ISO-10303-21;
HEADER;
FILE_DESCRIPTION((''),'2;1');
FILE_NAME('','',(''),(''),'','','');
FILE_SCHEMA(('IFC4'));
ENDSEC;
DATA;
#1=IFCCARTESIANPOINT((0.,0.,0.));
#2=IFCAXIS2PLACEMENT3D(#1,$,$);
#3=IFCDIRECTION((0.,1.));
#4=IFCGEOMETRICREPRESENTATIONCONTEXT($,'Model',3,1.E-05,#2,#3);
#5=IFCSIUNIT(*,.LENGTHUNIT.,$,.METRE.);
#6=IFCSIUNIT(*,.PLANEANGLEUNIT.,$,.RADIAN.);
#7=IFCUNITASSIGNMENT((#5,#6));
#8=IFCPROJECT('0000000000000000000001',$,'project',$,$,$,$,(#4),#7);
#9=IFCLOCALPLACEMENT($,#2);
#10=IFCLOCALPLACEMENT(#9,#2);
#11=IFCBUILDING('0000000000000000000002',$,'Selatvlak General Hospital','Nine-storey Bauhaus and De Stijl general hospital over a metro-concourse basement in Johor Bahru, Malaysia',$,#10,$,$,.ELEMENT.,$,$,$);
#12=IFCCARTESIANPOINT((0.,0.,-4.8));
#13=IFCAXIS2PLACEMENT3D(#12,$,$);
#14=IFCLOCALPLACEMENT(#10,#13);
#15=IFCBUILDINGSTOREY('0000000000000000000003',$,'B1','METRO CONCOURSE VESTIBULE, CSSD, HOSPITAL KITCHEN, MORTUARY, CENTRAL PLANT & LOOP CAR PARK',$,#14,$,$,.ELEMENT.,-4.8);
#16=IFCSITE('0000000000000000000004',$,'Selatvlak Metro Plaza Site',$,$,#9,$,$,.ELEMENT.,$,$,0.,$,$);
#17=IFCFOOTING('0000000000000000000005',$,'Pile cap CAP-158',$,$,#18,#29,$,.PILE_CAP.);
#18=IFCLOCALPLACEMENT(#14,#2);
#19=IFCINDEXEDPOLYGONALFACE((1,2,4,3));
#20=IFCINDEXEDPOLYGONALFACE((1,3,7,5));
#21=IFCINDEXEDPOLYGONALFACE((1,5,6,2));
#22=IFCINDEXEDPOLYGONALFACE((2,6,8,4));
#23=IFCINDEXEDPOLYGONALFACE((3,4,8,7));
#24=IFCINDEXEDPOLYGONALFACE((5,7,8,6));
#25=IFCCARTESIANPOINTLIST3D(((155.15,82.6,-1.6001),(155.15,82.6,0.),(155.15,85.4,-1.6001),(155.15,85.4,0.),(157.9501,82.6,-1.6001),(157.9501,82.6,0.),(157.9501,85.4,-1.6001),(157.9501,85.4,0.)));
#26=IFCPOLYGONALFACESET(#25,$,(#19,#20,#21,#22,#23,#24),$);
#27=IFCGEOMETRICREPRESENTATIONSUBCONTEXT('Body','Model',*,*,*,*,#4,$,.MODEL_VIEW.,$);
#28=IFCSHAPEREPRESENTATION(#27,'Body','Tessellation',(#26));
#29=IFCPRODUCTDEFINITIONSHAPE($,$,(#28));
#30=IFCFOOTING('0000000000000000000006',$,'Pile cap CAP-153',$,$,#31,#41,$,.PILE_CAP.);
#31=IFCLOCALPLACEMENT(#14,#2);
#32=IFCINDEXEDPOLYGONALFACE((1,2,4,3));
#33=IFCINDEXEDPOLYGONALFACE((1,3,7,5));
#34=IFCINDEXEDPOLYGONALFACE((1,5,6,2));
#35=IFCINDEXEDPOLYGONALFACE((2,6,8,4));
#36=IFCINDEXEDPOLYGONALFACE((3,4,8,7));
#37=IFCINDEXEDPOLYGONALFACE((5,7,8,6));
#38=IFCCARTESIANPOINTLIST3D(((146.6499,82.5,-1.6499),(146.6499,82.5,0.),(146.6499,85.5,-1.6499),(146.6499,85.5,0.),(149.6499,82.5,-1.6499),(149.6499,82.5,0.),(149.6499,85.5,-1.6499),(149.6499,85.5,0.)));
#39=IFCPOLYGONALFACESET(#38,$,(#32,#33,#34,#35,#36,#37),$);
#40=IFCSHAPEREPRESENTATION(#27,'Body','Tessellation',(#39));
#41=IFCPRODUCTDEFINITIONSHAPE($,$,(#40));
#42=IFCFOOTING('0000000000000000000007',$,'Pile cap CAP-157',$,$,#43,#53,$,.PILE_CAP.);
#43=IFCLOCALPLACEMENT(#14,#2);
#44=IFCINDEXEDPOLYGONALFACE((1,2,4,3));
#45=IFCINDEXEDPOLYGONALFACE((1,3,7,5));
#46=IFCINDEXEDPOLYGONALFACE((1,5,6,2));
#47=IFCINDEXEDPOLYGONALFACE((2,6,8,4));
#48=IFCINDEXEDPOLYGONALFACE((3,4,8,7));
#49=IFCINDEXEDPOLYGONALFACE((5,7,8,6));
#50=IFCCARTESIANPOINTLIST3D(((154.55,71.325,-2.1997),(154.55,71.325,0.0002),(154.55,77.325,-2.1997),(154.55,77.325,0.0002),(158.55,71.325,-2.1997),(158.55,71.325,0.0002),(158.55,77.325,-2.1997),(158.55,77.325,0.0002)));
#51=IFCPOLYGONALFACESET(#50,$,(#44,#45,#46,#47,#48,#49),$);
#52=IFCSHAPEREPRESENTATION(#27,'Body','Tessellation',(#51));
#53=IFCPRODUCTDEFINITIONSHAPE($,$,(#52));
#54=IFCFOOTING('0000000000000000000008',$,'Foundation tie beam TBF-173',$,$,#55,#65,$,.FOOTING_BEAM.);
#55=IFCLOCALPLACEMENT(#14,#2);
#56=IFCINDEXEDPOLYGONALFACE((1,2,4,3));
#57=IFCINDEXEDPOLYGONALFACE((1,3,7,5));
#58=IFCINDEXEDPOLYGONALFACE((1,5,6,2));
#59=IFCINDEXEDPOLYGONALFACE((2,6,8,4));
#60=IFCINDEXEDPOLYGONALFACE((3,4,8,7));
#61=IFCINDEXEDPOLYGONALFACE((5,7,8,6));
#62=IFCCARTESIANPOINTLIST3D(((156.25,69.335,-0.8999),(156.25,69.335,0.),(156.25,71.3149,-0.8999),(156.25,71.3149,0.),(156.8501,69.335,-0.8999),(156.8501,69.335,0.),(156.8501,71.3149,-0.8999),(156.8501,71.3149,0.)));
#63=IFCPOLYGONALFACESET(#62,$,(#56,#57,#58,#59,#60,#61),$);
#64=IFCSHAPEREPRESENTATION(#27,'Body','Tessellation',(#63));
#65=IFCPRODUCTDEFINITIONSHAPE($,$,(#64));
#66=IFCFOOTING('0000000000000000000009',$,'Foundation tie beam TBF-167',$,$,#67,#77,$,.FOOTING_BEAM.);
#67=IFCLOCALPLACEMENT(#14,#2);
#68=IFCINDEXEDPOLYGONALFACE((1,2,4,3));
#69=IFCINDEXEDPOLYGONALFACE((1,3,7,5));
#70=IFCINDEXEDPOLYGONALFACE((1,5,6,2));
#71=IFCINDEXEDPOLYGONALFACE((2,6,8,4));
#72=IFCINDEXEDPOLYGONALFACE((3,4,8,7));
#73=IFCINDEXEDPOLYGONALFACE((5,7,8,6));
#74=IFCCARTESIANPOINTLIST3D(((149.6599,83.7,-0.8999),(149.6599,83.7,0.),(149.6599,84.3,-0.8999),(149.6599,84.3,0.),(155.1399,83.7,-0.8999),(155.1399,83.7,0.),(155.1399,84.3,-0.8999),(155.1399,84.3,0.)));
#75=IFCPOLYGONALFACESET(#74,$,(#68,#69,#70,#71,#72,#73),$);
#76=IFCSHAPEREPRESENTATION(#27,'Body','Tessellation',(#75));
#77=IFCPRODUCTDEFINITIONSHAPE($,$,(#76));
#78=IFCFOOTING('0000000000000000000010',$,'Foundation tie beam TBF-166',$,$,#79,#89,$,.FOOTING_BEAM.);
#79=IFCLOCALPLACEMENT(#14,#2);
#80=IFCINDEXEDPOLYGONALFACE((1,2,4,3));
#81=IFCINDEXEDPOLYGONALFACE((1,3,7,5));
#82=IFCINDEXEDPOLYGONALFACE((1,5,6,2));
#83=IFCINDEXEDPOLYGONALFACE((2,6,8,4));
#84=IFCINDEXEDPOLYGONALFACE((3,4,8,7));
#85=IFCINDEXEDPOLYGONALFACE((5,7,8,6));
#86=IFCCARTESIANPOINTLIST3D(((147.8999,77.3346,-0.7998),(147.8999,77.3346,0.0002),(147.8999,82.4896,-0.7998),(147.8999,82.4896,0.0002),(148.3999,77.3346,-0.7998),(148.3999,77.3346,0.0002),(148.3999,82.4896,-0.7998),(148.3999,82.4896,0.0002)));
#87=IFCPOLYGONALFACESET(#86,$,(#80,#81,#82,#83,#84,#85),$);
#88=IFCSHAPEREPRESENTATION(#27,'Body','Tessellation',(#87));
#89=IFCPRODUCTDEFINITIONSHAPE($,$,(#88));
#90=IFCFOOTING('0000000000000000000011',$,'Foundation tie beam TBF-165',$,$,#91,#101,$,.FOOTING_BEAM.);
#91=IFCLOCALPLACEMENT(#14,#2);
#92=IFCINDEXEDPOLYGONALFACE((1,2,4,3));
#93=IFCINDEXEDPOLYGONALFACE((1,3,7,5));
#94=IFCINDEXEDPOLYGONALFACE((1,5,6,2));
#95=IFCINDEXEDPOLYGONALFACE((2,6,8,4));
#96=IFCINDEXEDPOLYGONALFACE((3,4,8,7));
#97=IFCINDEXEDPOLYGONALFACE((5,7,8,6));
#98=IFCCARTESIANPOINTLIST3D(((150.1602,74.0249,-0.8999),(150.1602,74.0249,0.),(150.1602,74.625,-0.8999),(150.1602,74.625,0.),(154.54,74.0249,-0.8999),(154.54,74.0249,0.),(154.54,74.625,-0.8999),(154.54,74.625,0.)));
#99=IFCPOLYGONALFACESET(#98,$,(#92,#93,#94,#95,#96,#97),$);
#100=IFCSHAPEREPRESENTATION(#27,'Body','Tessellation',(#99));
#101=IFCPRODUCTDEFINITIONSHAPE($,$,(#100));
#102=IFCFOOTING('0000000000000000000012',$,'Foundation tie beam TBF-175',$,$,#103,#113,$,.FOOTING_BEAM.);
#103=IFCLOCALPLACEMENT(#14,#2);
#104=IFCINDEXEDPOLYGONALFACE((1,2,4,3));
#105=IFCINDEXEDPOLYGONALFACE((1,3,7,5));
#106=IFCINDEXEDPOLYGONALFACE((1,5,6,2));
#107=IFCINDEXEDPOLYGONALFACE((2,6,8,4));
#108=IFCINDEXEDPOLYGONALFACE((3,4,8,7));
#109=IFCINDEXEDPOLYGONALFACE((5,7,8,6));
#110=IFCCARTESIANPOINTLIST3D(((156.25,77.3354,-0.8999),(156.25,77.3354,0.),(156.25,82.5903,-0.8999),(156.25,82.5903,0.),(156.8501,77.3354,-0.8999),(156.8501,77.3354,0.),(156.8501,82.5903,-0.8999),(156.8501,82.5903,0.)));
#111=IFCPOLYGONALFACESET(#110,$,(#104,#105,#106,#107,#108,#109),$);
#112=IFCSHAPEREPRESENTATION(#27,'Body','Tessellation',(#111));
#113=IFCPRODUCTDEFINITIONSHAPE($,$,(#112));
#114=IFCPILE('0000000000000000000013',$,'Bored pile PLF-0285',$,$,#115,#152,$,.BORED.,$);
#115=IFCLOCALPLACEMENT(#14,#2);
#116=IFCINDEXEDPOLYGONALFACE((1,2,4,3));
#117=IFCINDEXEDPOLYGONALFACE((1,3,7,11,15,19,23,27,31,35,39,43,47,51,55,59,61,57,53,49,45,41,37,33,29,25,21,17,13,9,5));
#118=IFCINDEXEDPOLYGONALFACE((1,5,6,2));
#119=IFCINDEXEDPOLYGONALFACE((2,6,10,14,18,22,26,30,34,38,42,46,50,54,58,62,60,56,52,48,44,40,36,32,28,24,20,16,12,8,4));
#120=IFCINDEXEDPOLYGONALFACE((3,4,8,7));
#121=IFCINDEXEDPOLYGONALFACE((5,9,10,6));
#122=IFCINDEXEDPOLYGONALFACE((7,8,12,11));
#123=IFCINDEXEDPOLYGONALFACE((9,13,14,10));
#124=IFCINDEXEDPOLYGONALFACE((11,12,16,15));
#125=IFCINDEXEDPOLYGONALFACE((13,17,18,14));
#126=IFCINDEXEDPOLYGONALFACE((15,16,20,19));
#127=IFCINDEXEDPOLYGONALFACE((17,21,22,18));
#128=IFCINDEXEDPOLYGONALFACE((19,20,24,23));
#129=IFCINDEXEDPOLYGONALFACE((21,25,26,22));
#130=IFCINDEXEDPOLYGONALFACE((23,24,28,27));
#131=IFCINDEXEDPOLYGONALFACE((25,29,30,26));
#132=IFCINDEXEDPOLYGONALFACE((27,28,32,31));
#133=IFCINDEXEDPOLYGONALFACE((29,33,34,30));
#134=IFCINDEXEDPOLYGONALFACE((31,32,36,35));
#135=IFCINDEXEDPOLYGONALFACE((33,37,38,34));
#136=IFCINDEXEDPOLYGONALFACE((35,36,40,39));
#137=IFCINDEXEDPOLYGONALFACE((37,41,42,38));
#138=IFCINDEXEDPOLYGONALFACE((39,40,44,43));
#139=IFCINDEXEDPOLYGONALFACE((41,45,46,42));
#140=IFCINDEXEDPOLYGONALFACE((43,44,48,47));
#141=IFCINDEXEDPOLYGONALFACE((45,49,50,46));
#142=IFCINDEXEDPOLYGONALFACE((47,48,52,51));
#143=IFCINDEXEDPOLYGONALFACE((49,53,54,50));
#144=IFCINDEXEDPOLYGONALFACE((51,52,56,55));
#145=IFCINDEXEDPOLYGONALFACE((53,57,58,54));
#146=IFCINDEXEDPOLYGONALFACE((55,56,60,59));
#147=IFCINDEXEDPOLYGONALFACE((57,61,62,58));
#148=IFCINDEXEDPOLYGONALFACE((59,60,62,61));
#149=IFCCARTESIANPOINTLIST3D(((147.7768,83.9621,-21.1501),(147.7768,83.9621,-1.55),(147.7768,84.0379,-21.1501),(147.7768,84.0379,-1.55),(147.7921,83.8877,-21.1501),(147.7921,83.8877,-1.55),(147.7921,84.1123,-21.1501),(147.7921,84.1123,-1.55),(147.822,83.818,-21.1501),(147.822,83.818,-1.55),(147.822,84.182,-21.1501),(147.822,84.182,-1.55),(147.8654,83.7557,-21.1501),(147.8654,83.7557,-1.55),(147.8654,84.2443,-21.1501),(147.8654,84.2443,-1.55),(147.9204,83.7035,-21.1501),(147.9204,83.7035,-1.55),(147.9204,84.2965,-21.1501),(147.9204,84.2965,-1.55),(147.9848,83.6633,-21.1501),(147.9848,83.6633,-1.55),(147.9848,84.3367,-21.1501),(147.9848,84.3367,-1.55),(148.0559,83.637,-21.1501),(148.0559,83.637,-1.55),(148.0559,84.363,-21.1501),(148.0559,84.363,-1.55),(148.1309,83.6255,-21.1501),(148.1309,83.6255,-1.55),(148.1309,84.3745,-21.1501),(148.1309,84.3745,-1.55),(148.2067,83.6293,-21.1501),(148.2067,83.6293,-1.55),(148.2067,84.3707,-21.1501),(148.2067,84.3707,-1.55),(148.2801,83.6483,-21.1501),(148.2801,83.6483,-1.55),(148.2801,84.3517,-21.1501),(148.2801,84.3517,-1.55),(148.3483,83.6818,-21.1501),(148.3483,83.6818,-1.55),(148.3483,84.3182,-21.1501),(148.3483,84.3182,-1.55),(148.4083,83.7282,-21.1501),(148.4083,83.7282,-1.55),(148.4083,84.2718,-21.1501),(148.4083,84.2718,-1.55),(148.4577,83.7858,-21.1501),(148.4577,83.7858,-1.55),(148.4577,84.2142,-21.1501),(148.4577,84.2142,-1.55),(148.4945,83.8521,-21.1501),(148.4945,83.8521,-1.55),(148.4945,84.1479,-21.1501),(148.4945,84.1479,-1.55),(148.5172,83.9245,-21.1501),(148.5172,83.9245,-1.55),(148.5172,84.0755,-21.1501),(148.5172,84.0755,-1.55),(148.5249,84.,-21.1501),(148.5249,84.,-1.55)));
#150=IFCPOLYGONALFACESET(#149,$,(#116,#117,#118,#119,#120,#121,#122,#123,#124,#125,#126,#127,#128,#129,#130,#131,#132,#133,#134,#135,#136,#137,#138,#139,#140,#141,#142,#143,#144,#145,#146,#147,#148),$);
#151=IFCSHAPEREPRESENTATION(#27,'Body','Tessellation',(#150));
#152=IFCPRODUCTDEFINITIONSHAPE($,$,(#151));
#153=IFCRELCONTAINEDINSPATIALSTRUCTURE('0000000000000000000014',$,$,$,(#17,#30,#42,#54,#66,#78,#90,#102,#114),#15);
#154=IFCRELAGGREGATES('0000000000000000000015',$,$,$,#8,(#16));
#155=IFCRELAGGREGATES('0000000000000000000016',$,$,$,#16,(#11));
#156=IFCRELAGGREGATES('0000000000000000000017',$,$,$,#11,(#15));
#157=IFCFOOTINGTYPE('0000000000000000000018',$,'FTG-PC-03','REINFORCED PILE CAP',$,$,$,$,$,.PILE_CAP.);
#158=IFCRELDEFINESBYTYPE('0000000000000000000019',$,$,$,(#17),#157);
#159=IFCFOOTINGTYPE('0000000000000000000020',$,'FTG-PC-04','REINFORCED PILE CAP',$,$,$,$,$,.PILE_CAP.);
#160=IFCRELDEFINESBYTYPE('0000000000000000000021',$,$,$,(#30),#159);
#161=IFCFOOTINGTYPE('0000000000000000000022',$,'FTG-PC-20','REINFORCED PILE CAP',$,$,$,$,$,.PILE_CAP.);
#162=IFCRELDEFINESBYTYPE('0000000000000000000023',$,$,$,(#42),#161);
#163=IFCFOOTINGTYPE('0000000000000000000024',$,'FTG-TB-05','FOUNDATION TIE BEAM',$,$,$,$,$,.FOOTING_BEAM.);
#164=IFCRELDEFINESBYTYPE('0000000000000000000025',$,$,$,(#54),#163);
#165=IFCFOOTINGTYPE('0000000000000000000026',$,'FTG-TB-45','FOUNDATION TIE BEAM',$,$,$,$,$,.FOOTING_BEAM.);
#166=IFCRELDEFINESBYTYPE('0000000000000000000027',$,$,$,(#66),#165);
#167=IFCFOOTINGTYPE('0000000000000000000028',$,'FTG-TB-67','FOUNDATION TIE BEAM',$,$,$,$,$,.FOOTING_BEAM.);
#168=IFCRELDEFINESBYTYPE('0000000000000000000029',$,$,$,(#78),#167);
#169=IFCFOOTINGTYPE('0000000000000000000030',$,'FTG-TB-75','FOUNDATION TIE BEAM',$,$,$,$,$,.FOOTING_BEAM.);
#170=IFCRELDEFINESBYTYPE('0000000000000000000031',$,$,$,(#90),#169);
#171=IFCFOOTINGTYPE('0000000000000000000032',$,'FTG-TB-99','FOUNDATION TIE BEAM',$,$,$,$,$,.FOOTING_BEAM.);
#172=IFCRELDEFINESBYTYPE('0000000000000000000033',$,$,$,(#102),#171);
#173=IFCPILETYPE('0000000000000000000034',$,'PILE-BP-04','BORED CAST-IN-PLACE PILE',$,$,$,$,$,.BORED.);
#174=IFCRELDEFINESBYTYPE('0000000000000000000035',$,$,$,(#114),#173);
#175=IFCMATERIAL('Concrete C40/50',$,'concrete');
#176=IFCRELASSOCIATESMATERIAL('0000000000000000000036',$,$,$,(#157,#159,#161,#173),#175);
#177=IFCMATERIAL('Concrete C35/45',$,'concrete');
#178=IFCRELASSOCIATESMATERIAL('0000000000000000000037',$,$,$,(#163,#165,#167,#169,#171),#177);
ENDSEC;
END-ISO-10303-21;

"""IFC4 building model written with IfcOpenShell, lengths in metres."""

from ifc_helpers import new_model, si_unit, direction, frame, origin, origin_2d, place, context, subcontext, project, spatial, rectangle, circle, extrude, material, material_profile, profile_set, type_object, element, save


model = new_model("IFC4")

# Units and contexts
model_context = context("Model", 3, precision=1e-05, world=origin(), true_north=direction((0.0, 1.0)))
body_context = subcontext(model_context, "Body", "Model", "MODEL_VIEW")
ifc_project = project(units=[si_unit("LENGTHUNIT", "METRE"), si_unit("PLANEANGLEUNIT", "RADIAN")], contexts=[model_context])

# Site, building, storey
site_placement = place(None, origin())
site = spatial("IfcSite", under=ifc_project, at=site_placement, Name="Selatvlak Metro Plaza Site", CompositionType="ELEMENT", RefElevation=0.0)
building_placement = place(site_placement, origin())
building = spatial("IfcBuilding", under=site, at=building_placement, Name="Selatvlak General Hospital", Description="Nine-storey Bauhaus and De Stijl general hospital over a metro-concourse basement in Johor Bahru, Malaysia", CompositionType="ELEMENT")
storey_placement = place(building_placement, frame((0.0, 0.0, -4.8)))
storey = spatial("IfcBuildingStorey", under=building, at=storey_placement, Name="B1", Description="METRO CONCOURSE VESTIBULE, CSSD, HOSPITAL KITCHEN, MORTUARY, CENTRAL PLANT & LOOP CAR PARK", CompositionType="ELEMENT", Elevation=-4.8)

# Footings
ifc_material_1 = material(Name="Concrete C40/50", Category="concrete")
footing_type_1 = type_object("IfcFootingType", Name="FTG-PC-03", Description="REINFORCED PILE CAP", PredefinedType="PILE_CAP", material=ifc_material_1)
footing_1_placement = place(storey_placement, frame((156.55, 84.0, -1.6001), z_axis=(0.0, 0.0, 1.0), x_axis=(1.0, 0.0, 0.0)))
element("IfcFooting", 1, at=footing_1_placement, inside=storey, type_object=footing_type_1, Name="Pile cap CAP-158", PredefinedType="PILE_CAP", context=body_context, shape_type="SweptSolid", body=[
    extrude(rectangle(XDim=2.8, YDim=2.8, at=origin_2d()), origin(), (0.0, 0.0, 1.0), 1.6001),
])
footing_type_2 = type_object("IfcFootingType", Name="FTG-PC-04", Description="REINFORCED PILE CAP", PredefinedType="PILE_CAP", material=ifc_material_1)
footing_2_placement = place(storey_placement, frame((148.1499, 84.0, -1.6499), z_axis=(0.0, 0.0, 1.0), x_axis=(1.0, 0.0, 0.0)))
element("IfcFooting", 2, at=footing_2_placement, inside=storey, type_object=footing_type_2, Name="Pile cap CAP-153", PredefinedType="PILE_CAP", context=body_context, shape_type="SweptSolid", body=[
    extrude(rectangle(XDim=3.0, YDim=3.0, at=origin_2d()), origin(), (0.0, 0.0, 1.0), 1.6499),
])
footing_type_3 = type_object("IfcFootingType", Name="FTG-PC-20", Description="REINFORCED PILE CAP", PredefinedType="PILE_CAP", material=ifc_material_1)
footing_3_placement = place(storey_placement, frame((156.55, 74.325, -2.1997), z_axis=(0.0, 0.0, 1.0), x_axis=(1.0, 0.0, 0.0)))
element("IfcFooting", 3, at=footing_3_placement, inside=storey, type_object=footing_type_3, Name="Pile cap CAP-157", PredefinedType="PILE_CAP", context=body_context, shape_type="SweptSolid", body=[
    extrude(rectangle(XDim=4.0, YDim=6.0, at=origin_2d()), origin(), (0.0, 0.0, 1.0), 2.2),
])
ifc_material_2 = material(Name="Concrete C35/45", Category="concrete")
footing_type_4 = type_object("IfcFootingType", Name="FTG-TB-05", Description="FOUNDATION TIE BEAM", PredefinedType="FOOTING_BEAM", material=ifc_material_2)
footing_4_placement = place(storey_placement, frame((156.55, 70.325, -0.8999), z_axis=(0.0, 0.0, 1.0), x_axis=(0.0, 1.0, 0.0)))
element("IfcFooting", 4, at=footing_4_placement, inside=storey, type_object=footing_type_4, Name="Foundation tie beam TBF-173", PredefinedType="FOOTING_BEAM", context=body_context, shape_type="SweptSolid", body=[
    extrude(rectangle(XDim=1.98, YDim=0.6001, at=origin_2d()), origin(), (0.0, 0.0, 1.0), 0.8999),
])
footing_type_5 = type_object("IfcFootingType", Name="FTG-TB-45", Description="FOUNDATION TIE BEAM", PredefinedType="FOOTING_BEAM", material=ifc_material_2)
footing_5_placement = place(storey_placement, frame((152.3999, 84.0, -0.8999), z_axis=(0.0, 0.0, 1.0), x_axis=(1.0, 0.0, 0.0)))
element("IfcFooting", 5, at=footing_5_placement, inside=storey, type_object=footing_type_5, Name="Foundation tie beam TBF-167", PredefinedType="FOOTING_BEAM", context=body_context, shape_type="SweptSolid", body=[
    extrude(rectangle(XDim=5.48, YDim=0.6001, at=origin_2d()), origin(), (0.0, 0.0, 1.0), 0.8999),
])
footing_type_6 = type_object("IfcFootingType", Name="FTG-TB-67", Description="FOUNDATION TIE BEAM", PredefinedType="FOOTING_BEAM", material=ifc_material_2)
footing_6_placement = place(storey_placement, frame((148.1499, 79.9121, -0.7998), z_axis=(0.0, 0.0, 1.0), x_axis=(0.0, 1.0, 0.0)))
element("IfcFooting", 6, at=footing_6_placement, inside=storey, type_object=footing_type_6, Name="Foundation tie beam TBF-166", PredefinedType="FOOTING_BEAM", context=body_context, shape_type="SweptSolid", body=[
    extrude(rectangle(XDim=5.155, YDim=0.5, at=origin_2d()), origin(), (0.0, 0.0, 1.0), 0.8),
])
footing_type_7 = type_object("IfcFootingType", Name="FTG-TB-75", Description="FOUNDATION TIE BEAM", PredefinedType="FOOTING_BEAM", material=ifc_material_2)
footing_7_placement = place(storey_placement, frame((152.3501, 74.325, -0.8999), z_axis=(0.0, 0.0, 1.0), x_axis=(1.0, 0.0, 0.0)))
element("IfcFooting", 7, at=footing_7_placement, inside=storey, type_object=footing_type_7, Name="Foundation tie beam TBF-165", PredefinedType="FOOTING_BEAM", context=body_context, shape_type="SweptSolid", body=[
    extrude(rectangle(XDim=4.3799, YDim=0.6001, at=origin_2d()), origin(), (0.0, 0.0, 1.0), 0.8999),
])
footing_type_8 = type_object("IfcFootingType", Name="FTG-TB-99", Description="FOUNDATION TIE BEAM", PredefinedType="FOOTING_BEAM", material=ifc_material_2)
footing_8_placement = place(storey_placement, frame((156.55, 79.9629, -0.8999), z_axis=(0.0, 0.0, 1.0), x_axis=(0.0, 1.0, 0.0)))
element("IfcFooting", 8, at=footing_8_placement, inside=storey, type_object=footing_type_8, Name="Foundation tie beam TBF-175", PredefinedType="FOOTING_BEAM", context=body_context, shape_type="SweptSolid", body=[
    extrude(rectangle(XDim=5.2549, YDim=0.6001, at=origin_2d()), origin(), (0.0, 0.0, 1.0), 0.8999),
])

# Pile
ifc_material_profile_1 = material_profile(ifc_material_1, circle(Radius=0.375, at=origin_2d()), Name="BORED PILE 750")
ifc_profile_set_1 = profile_set([ifc_material_profile_1], Name="Concrete C40/50")
pile_type_1 = type_object("IfcPileType", Name="PILE-BP-04", Description="BORED CAST-IN-PLACE PILE", PredefinedType="BORED", material=ifc_profile_set_1)
pile_1_placement = place(storey_placement, frame((148.1499, 84.0, -1.55), z_axis=(0.0, 0.0, -1.0), x_axis=(1.0, 0.0, 0.0)))
element("IfcPile", 9, at=pile_1_placement, inside=storey, type_object=pile_type_1, Name="Bored pile PLF-0285", PredefinedType="BORED", context=body_context, shape_type="SweptSolid", body=[
    extrude(circle(Radius=0.375, at=origin_2d()), origin(), (0.0, 0.0, 1.0), 19.6001),
])

save(model, "model.ifc")
